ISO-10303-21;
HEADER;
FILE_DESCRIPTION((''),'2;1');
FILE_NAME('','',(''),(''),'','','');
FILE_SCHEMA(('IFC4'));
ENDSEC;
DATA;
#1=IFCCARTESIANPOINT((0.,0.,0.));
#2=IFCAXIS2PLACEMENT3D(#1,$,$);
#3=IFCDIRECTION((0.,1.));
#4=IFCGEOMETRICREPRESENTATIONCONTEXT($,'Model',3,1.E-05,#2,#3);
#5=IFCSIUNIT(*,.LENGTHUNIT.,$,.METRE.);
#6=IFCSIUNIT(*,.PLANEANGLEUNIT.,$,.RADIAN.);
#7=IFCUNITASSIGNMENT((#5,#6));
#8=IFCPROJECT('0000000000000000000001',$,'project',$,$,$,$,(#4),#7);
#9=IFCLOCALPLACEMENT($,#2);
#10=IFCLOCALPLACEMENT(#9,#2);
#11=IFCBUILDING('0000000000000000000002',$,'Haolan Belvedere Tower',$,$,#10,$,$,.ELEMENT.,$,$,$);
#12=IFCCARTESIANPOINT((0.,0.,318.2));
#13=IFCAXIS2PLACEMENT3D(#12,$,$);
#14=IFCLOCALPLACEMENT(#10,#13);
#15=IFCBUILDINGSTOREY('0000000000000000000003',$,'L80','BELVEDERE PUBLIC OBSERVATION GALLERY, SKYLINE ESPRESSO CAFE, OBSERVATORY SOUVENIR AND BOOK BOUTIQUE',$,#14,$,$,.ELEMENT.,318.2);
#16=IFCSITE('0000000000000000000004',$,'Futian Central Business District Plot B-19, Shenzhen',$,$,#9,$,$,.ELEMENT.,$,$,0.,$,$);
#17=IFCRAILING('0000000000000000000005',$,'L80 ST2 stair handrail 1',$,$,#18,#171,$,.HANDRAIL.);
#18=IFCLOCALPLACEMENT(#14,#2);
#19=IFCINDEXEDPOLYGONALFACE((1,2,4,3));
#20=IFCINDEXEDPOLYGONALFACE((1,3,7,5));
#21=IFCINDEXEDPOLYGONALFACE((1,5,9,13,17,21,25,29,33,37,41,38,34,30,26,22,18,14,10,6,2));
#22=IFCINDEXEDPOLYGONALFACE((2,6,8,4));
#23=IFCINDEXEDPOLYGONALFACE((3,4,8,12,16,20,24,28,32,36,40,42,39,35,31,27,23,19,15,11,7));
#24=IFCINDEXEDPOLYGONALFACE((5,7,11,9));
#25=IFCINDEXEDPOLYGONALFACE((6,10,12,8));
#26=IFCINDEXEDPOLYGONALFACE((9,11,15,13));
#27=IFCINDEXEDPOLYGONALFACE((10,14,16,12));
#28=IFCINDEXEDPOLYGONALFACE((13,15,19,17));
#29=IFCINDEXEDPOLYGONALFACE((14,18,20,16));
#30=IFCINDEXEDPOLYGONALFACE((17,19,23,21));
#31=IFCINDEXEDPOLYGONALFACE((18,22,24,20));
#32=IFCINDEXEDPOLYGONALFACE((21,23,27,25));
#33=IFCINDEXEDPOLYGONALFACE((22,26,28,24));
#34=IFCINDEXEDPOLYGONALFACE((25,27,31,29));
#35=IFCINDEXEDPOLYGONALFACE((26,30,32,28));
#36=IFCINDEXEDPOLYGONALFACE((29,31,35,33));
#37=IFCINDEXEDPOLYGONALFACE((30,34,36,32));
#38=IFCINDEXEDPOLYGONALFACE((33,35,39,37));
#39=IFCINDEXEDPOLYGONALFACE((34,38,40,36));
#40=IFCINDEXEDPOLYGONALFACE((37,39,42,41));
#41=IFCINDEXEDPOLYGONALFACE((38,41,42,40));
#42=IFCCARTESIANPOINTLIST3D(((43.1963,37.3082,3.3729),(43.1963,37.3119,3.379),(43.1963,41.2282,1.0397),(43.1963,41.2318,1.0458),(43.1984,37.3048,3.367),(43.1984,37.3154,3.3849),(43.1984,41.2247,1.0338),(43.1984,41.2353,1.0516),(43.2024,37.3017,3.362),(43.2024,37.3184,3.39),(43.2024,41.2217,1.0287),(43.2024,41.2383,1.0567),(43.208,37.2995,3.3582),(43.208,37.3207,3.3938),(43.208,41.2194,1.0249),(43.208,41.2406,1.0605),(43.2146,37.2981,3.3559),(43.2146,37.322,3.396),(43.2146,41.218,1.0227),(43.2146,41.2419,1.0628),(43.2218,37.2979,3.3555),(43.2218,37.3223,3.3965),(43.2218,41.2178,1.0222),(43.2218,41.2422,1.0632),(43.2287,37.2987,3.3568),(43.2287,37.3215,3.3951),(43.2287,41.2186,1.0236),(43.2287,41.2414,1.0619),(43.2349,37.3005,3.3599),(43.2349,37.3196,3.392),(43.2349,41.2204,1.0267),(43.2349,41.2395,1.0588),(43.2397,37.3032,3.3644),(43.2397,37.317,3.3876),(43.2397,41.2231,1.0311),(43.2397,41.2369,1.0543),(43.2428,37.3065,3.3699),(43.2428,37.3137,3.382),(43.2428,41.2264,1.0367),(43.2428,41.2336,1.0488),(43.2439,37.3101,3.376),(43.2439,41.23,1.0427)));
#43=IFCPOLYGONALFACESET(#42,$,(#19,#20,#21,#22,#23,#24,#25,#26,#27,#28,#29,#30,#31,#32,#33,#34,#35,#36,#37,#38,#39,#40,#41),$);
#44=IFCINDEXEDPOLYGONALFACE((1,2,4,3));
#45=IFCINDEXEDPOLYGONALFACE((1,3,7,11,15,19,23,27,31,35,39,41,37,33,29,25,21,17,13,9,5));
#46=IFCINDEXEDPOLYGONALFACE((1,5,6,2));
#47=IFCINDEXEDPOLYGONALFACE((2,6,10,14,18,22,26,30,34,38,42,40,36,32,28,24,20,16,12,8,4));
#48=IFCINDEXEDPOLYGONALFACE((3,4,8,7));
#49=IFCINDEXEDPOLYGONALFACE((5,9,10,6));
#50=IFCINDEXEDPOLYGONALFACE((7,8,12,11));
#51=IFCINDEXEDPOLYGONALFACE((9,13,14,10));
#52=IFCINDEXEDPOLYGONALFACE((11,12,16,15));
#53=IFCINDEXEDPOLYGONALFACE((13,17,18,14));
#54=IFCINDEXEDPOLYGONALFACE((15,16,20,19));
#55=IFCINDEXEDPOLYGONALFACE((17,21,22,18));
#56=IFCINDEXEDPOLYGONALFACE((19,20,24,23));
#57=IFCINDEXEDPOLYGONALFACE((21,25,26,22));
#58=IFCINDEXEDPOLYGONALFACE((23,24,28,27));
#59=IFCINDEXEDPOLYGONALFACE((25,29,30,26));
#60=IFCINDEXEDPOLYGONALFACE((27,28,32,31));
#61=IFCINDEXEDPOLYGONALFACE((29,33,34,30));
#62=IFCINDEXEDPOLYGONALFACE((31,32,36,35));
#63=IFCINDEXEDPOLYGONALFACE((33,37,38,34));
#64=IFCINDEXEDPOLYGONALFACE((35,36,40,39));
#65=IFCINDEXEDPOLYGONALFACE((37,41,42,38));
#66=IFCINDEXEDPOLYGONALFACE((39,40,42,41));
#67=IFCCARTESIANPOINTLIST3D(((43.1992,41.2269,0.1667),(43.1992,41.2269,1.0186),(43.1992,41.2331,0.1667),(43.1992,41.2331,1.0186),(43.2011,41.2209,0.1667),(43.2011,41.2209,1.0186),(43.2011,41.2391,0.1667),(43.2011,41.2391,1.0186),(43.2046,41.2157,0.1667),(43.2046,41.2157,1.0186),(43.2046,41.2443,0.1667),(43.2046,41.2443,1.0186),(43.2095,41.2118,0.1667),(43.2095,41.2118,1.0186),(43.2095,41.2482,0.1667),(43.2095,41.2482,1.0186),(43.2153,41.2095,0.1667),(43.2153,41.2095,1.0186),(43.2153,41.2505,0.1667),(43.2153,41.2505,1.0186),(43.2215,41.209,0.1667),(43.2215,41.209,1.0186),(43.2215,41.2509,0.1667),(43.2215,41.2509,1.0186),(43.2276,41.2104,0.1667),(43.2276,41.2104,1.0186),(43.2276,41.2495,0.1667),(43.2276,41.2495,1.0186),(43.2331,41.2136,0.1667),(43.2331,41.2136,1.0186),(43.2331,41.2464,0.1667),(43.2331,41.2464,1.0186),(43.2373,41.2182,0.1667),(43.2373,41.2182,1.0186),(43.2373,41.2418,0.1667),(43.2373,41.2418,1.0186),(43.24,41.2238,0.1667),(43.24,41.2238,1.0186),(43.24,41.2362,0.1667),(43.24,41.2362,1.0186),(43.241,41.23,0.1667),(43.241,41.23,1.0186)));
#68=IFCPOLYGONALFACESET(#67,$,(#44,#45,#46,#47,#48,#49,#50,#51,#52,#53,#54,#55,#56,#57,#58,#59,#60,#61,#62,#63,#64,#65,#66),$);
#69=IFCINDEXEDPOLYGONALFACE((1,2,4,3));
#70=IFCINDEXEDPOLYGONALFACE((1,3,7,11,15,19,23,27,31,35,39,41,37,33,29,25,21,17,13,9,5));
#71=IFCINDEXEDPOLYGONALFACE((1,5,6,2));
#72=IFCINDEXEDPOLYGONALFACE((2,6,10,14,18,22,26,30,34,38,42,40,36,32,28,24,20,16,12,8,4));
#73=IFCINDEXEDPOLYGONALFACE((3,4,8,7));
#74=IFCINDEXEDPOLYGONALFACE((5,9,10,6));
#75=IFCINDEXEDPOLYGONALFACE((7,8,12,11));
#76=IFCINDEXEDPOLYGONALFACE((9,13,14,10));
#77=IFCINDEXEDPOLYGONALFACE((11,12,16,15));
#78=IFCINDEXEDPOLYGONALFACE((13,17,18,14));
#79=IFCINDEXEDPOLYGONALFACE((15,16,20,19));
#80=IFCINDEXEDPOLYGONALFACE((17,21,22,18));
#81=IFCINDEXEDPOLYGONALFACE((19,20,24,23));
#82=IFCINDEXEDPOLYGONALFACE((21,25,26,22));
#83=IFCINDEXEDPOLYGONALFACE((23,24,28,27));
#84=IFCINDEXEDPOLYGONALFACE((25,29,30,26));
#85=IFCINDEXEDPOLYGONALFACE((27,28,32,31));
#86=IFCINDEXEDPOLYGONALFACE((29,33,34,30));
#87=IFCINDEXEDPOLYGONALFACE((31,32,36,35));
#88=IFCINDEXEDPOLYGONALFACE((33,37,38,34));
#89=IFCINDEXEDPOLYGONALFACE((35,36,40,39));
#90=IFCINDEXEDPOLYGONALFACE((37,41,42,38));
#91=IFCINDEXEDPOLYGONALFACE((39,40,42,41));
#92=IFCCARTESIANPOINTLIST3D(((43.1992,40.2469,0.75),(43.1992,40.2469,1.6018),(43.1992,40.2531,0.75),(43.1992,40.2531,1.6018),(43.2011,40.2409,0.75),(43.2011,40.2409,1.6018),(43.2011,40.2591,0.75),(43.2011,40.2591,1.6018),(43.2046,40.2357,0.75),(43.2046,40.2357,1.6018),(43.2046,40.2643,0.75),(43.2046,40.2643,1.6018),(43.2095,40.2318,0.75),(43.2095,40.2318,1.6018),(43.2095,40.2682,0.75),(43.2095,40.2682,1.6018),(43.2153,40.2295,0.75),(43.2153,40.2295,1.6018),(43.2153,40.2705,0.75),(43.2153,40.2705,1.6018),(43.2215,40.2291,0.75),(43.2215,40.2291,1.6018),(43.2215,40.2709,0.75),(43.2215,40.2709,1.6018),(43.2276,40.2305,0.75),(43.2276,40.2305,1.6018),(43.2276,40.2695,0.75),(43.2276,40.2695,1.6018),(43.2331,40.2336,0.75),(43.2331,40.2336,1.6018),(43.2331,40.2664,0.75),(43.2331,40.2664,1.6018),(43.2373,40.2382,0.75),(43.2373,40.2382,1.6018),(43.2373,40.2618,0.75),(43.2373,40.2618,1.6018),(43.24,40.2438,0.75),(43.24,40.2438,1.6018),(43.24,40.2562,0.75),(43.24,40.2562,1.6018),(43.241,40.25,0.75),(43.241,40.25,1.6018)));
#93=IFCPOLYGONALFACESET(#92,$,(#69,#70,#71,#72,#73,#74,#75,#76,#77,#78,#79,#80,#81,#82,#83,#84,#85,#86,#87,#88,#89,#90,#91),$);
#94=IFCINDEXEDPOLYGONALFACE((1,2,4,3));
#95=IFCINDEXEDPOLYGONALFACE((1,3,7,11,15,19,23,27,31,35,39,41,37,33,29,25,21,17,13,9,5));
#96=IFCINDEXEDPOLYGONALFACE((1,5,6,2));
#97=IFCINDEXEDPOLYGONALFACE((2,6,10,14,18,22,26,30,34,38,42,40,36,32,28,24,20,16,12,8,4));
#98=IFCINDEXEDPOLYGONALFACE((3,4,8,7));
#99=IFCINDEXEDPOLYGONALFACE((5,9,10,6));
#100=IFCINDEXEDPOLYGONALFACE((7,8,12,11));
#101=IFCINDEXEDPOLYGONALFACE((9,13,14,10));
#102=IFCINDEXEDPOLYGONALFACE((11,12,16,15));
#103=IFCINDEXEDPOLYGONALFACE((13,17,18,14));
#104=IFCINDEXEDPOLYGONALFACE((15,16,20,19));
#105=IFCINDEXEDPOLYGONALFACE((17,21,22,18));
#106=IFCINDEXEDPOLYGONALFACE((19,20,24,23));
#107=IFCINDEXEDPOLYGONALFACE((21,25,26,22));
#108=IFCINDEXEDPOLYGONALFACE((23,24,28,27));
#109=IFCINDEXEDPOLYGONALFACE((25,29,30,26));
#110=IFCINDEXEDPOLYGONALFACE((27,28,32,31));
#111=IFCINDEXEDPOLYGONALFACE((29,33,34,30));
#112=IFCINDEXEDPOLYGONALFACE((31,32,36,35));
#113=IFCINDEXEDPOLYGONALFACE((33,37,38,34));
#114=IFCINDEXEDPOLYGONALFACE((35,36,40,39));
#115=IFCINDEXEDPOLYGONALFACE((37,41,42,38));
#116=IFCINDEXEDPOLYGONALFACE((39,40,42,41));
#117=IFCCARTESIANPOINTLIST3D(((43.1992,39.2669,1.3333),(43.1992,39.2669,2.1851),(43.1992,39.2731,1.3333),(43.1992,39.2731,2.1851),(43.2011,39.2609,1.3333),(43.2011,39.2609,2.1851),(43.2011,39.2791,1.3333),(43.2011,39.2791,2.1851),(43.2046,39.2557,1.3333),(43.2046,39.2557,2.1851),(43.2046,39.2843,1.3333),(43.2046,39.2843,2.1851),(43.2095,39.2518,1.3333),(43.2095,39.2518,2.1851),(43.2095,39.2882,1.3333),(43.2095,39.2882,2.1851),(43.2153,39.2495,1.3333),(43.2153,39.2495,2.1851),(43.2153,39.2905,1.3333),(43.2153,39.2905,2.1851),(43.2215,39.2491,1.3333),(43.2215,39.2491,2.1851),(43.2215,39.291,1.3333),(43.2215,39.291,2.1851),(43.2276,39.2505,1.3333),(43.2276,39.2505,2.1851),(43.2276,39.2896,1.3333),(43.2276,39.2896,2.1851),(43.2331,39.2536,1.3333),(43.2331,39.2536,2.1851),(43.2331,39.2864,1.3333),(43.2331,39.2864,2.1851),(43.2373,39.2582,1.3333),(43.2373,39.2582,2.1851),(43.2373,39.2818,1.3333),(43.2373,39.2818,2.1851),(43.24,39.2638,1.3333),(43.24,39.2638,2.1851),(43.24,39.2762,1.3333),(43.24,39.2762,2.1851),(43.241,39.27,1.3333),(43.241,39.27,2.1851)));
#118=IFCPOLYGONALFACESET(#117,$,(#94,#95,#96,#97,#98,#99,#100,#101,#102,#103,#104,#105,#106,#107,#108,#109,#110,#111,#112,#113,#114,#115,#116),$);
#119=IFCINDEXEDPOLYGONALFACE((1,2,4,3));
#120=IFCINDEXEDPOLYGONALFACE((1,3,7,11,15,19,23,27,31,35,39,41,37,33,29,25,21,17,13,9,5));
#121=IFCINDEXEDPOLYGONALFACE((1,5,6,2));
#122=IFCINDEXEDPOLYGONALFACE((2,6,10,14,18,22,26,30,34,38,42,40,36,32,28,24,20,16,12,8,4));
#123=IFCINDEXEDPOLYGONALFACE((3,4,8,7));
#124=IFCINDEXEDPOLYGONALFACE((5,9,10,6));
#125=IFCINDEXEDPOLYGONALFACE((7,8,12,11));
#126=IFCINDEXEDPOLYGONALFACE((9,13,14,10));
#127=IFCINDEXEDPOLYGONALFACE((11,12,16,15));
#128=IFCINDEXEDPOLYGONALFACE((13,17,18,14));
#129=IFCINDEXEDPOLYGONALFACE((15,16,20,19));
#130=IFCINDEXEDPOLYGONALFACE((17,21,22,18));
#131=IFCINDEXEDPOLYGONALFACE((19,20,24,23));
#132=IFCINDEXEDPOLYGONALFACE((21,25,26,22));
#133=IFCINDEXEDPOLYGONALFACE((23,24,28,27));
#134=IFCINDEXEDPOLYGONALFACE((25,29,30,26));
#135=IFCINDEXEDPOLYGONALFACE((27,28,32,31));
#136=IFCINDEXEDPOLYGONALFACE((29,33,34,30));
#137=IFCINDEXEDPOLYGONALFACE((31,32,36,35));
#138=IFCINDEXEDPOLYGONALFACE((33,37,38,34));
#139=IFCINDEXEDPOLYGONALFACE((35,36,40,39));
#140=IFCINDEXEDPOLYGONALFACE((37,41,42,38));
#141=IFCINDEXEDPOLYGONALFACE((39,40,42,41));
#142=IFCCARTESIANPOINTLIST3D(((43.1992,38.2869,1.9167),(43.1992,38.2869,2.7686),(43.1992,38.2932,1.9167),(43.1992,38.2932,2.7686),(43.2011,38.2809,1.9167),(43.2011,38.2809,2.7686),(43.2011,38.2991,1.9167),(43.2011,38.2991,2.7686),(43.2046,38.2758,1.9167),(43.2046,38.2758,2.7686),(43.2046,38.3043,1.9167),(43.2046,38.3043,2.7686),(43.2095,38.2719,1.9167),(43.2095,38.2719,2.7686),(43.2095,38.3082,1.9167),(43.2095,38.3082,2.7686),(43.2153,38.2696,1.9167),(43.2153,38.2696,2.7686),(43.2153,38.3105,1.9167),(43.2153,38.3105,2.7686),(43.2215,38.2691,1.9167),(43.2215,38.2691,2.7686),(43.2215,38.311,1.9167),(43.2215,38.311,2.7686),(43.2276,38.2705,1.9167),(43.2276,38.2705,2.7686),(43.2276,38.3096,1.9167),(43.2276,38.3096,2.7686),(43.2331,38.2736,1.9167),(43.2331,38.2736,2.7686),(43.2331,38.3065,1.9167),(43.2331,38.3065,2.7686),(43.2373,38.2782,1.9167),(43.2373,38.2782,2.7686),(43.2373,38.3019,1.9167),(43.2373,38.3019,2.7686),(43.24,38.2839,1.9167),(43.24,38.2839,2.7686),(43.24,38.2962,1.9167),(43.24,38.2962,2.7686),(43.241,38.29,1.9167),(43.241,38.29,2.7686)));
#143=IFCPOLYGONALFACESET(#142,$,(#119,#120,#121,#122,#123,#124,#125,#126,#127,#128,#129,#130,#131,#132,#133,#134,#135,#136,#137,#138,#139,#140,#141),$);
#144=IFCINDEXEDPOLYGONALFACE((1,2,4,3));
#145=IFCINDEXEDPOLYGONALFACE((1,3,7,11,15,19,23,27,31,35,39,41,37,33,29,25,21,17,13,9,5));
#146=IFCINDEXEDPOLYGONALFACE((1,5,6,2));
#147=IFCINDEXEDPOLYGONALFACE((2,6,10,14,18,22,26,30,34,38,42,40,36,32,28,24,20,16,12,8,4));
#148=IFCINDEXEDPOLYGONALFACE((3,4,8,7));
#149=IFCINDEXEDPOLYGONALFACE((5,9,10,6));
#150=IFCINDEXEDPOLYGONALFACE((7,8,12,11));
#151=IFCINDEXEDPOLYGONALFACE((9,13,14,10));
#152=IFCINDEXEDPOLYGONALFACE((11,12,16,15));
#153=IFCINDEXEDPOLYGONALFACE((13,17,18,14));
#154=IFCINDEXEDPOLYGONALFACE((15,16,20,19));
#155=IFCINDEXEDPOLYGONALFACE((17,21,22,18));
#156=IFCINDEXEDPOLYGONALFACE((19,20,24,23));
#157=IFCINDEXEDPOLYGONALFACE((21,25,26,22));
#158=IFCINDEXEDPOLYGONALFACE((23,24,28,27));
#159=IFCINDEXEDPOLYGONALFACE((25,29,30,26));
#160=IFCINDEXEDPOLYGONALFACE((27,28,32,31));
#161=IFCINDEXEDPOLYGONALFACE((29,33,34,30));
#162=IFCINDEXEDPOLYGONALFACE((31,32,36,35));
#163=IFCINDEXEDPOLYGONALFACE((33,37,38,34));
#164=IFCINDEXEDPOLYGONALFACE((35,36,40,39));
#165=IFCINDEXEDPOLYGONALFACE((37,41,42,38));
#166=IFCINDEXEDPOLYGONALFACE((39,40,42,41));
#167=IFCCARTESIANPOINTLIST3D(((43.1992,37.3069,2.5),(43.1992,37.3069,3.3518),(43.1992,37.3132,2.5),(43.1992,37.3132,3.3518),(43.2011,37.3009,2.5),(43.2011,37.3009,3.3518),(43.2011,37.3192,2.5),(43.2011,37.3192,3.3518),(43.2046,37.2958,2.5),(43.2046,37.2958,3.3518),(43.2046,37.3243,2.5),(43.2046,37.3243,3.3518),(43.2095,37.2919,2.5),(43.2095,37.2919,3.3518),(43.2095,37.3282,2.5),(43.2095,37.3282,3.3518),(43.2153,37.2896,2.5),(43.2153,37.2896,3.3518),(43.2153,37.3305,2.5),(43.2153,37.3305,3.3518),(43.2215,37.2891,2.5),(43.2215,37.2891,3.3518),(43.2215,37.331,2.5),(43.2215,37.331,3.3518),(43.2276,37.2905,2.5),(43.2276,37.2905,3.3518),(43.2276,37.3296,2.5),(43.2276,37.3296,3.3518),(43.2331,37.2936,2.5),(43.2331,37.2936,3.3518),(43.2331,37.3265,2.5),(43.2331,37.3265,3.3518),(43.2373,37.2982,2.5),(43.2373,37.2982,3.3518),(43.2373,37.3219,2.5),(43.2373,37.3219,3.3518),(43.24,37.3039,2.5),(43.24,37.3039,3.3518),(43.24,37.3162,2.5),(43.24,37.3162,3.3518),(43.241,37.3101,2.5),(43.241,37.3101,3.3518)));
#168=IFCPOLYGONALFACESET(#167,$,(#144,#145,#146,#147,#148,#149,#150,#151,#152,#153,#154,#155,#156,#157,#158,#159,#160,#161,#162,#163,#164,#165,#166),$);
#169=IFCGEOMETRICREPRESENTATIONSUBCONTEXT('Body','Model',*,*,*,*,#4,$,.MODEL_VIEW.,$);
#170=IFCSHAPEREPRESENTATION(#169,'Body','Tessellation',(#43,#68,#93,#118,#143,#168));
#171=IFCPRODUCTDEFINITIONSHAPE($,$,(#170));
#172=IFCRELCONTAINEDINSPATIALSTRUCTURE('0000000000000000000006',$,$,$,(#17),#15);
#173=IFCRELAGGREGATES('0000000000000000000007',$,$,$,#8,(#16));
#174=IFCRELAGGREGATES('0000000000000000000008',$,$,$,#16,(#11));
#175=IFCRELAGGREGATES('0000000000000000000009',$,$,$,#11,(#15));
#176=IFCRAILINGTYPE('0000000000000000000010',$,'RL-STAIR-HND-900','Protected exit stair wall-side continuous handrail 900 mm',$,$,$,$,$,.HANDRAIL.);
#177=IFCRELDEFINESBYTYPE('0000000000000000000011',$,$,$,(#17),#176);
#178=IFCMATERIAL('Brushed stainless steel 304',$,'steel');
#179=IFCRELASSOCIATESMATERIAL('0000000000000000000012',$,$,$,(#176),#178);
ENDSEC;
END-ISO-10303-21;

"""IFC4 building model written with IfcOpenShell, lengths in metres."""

from ifc_helpers import new_model, si_unit, direction, frame, origin, origin_2d, place, context, subcontext, project, spatial, circle, extrude, material, type_object, element, save


model = new_model("IFC4")

# Units and contexts
model_context = context("Model", 3, precision=1e-05, world=origin(), true_north=direction((0.0, 1.0)))
body_context = subcontext(model_context, "Body", "Model", "MODEL_VIEW")
ifc_project = project(units=[si_unit("LENGTHUNIT", "METRE"), si_unit("PLANEANGLEUNIT", "RADIAN")], contexts=[model_context])

# Site, building, storey
site_placement = place(None, origin())
site = spatial("IfcSite", under=ifc_project, at=site_placement, Name="Futian Central Business District Plot B-19, Shenzhen", CompositionType="ELEMENT", RefElevation=0.0)
building_placement = place(site_placement, origin())
building = spatial("IfcBuilding", under=site, at=building_placement, Name="Haolan Belvedere Tower", CompositionType="ELEMENT")
storey_placement = place(building_placement, frame((0.0, 0.0, 318.2)))
storey = spatial("IfcBuildingStorey", under=building, at=storey_placement, Name="L80", Description="BELVEDERE PUBLIC OBSERVATION GALLERY, SKYLINE ESPRESSO CAFE, OBSERVATORY SOUVENIR AND BOOK BOUTIQUE", CompositionType="ELEMENT", Elevation=318.2)

# Railing
ifc_material_1 = material(Name="Brushed stainless steel 304", Category="steel")
railing_type_1 = type_object("IfcRailingType", Name="RL-STAIR-HND-900", Description="Protected exit stair wall-side continuous handrail 900 mm", PredefinedType="HANDRAIL", material=ifc_material_1)
railing_1_placement = place(storey_placement, frame((43.22, 41.23, 0.1667)))
element("IfcRailing", 1, at=railing_1_placement, inside=storey, type_object=railing_type_1, Name="L80 ST2 stair handrail 1", PredefinedType="HANDRAIL", context=body_context, shape_type="SweptSolid", body=[
    extrude(circle(Radius=0.0239, at=origin_2d()), frame((0.0, 0.0, 0.876), z_axis=(0.0, -0.859296, 0.511478), x_axis=(1.0, 0.0, 0.0)), (0.0, 0.0, 1.0), 4.5618),
    extrude(circle(Radius=0.021, at=origin_2d()), origin(), (0.0, 0.0, 1.0), 0.8518),
    extrude(circle(Radius=0.021, at=origin_2d()), frame((0.0, -0.98, 0.5833)), (0.0, 0.0, 1.0), 0.8518),
    extrude(circle(Radius=0.021, at=origin_2d()), frame((0.0, -1.96, 1.1665)), (0.0, 0.0, 1.0), 0.8518),
    extrude(circle(Radius=0.021, at=origin_2d()), frame((0.0, -2.9399, 1.75)), (0.0, 0.0, 1.0), 0.8518),
    extrude(circle(Radius=0.021, at=origin_2d()), frame((0.0, -3.9199, 2.3333)), (0.0, 0.0, 1.0), 0.8518),
])

save(model, "model.ifc")
